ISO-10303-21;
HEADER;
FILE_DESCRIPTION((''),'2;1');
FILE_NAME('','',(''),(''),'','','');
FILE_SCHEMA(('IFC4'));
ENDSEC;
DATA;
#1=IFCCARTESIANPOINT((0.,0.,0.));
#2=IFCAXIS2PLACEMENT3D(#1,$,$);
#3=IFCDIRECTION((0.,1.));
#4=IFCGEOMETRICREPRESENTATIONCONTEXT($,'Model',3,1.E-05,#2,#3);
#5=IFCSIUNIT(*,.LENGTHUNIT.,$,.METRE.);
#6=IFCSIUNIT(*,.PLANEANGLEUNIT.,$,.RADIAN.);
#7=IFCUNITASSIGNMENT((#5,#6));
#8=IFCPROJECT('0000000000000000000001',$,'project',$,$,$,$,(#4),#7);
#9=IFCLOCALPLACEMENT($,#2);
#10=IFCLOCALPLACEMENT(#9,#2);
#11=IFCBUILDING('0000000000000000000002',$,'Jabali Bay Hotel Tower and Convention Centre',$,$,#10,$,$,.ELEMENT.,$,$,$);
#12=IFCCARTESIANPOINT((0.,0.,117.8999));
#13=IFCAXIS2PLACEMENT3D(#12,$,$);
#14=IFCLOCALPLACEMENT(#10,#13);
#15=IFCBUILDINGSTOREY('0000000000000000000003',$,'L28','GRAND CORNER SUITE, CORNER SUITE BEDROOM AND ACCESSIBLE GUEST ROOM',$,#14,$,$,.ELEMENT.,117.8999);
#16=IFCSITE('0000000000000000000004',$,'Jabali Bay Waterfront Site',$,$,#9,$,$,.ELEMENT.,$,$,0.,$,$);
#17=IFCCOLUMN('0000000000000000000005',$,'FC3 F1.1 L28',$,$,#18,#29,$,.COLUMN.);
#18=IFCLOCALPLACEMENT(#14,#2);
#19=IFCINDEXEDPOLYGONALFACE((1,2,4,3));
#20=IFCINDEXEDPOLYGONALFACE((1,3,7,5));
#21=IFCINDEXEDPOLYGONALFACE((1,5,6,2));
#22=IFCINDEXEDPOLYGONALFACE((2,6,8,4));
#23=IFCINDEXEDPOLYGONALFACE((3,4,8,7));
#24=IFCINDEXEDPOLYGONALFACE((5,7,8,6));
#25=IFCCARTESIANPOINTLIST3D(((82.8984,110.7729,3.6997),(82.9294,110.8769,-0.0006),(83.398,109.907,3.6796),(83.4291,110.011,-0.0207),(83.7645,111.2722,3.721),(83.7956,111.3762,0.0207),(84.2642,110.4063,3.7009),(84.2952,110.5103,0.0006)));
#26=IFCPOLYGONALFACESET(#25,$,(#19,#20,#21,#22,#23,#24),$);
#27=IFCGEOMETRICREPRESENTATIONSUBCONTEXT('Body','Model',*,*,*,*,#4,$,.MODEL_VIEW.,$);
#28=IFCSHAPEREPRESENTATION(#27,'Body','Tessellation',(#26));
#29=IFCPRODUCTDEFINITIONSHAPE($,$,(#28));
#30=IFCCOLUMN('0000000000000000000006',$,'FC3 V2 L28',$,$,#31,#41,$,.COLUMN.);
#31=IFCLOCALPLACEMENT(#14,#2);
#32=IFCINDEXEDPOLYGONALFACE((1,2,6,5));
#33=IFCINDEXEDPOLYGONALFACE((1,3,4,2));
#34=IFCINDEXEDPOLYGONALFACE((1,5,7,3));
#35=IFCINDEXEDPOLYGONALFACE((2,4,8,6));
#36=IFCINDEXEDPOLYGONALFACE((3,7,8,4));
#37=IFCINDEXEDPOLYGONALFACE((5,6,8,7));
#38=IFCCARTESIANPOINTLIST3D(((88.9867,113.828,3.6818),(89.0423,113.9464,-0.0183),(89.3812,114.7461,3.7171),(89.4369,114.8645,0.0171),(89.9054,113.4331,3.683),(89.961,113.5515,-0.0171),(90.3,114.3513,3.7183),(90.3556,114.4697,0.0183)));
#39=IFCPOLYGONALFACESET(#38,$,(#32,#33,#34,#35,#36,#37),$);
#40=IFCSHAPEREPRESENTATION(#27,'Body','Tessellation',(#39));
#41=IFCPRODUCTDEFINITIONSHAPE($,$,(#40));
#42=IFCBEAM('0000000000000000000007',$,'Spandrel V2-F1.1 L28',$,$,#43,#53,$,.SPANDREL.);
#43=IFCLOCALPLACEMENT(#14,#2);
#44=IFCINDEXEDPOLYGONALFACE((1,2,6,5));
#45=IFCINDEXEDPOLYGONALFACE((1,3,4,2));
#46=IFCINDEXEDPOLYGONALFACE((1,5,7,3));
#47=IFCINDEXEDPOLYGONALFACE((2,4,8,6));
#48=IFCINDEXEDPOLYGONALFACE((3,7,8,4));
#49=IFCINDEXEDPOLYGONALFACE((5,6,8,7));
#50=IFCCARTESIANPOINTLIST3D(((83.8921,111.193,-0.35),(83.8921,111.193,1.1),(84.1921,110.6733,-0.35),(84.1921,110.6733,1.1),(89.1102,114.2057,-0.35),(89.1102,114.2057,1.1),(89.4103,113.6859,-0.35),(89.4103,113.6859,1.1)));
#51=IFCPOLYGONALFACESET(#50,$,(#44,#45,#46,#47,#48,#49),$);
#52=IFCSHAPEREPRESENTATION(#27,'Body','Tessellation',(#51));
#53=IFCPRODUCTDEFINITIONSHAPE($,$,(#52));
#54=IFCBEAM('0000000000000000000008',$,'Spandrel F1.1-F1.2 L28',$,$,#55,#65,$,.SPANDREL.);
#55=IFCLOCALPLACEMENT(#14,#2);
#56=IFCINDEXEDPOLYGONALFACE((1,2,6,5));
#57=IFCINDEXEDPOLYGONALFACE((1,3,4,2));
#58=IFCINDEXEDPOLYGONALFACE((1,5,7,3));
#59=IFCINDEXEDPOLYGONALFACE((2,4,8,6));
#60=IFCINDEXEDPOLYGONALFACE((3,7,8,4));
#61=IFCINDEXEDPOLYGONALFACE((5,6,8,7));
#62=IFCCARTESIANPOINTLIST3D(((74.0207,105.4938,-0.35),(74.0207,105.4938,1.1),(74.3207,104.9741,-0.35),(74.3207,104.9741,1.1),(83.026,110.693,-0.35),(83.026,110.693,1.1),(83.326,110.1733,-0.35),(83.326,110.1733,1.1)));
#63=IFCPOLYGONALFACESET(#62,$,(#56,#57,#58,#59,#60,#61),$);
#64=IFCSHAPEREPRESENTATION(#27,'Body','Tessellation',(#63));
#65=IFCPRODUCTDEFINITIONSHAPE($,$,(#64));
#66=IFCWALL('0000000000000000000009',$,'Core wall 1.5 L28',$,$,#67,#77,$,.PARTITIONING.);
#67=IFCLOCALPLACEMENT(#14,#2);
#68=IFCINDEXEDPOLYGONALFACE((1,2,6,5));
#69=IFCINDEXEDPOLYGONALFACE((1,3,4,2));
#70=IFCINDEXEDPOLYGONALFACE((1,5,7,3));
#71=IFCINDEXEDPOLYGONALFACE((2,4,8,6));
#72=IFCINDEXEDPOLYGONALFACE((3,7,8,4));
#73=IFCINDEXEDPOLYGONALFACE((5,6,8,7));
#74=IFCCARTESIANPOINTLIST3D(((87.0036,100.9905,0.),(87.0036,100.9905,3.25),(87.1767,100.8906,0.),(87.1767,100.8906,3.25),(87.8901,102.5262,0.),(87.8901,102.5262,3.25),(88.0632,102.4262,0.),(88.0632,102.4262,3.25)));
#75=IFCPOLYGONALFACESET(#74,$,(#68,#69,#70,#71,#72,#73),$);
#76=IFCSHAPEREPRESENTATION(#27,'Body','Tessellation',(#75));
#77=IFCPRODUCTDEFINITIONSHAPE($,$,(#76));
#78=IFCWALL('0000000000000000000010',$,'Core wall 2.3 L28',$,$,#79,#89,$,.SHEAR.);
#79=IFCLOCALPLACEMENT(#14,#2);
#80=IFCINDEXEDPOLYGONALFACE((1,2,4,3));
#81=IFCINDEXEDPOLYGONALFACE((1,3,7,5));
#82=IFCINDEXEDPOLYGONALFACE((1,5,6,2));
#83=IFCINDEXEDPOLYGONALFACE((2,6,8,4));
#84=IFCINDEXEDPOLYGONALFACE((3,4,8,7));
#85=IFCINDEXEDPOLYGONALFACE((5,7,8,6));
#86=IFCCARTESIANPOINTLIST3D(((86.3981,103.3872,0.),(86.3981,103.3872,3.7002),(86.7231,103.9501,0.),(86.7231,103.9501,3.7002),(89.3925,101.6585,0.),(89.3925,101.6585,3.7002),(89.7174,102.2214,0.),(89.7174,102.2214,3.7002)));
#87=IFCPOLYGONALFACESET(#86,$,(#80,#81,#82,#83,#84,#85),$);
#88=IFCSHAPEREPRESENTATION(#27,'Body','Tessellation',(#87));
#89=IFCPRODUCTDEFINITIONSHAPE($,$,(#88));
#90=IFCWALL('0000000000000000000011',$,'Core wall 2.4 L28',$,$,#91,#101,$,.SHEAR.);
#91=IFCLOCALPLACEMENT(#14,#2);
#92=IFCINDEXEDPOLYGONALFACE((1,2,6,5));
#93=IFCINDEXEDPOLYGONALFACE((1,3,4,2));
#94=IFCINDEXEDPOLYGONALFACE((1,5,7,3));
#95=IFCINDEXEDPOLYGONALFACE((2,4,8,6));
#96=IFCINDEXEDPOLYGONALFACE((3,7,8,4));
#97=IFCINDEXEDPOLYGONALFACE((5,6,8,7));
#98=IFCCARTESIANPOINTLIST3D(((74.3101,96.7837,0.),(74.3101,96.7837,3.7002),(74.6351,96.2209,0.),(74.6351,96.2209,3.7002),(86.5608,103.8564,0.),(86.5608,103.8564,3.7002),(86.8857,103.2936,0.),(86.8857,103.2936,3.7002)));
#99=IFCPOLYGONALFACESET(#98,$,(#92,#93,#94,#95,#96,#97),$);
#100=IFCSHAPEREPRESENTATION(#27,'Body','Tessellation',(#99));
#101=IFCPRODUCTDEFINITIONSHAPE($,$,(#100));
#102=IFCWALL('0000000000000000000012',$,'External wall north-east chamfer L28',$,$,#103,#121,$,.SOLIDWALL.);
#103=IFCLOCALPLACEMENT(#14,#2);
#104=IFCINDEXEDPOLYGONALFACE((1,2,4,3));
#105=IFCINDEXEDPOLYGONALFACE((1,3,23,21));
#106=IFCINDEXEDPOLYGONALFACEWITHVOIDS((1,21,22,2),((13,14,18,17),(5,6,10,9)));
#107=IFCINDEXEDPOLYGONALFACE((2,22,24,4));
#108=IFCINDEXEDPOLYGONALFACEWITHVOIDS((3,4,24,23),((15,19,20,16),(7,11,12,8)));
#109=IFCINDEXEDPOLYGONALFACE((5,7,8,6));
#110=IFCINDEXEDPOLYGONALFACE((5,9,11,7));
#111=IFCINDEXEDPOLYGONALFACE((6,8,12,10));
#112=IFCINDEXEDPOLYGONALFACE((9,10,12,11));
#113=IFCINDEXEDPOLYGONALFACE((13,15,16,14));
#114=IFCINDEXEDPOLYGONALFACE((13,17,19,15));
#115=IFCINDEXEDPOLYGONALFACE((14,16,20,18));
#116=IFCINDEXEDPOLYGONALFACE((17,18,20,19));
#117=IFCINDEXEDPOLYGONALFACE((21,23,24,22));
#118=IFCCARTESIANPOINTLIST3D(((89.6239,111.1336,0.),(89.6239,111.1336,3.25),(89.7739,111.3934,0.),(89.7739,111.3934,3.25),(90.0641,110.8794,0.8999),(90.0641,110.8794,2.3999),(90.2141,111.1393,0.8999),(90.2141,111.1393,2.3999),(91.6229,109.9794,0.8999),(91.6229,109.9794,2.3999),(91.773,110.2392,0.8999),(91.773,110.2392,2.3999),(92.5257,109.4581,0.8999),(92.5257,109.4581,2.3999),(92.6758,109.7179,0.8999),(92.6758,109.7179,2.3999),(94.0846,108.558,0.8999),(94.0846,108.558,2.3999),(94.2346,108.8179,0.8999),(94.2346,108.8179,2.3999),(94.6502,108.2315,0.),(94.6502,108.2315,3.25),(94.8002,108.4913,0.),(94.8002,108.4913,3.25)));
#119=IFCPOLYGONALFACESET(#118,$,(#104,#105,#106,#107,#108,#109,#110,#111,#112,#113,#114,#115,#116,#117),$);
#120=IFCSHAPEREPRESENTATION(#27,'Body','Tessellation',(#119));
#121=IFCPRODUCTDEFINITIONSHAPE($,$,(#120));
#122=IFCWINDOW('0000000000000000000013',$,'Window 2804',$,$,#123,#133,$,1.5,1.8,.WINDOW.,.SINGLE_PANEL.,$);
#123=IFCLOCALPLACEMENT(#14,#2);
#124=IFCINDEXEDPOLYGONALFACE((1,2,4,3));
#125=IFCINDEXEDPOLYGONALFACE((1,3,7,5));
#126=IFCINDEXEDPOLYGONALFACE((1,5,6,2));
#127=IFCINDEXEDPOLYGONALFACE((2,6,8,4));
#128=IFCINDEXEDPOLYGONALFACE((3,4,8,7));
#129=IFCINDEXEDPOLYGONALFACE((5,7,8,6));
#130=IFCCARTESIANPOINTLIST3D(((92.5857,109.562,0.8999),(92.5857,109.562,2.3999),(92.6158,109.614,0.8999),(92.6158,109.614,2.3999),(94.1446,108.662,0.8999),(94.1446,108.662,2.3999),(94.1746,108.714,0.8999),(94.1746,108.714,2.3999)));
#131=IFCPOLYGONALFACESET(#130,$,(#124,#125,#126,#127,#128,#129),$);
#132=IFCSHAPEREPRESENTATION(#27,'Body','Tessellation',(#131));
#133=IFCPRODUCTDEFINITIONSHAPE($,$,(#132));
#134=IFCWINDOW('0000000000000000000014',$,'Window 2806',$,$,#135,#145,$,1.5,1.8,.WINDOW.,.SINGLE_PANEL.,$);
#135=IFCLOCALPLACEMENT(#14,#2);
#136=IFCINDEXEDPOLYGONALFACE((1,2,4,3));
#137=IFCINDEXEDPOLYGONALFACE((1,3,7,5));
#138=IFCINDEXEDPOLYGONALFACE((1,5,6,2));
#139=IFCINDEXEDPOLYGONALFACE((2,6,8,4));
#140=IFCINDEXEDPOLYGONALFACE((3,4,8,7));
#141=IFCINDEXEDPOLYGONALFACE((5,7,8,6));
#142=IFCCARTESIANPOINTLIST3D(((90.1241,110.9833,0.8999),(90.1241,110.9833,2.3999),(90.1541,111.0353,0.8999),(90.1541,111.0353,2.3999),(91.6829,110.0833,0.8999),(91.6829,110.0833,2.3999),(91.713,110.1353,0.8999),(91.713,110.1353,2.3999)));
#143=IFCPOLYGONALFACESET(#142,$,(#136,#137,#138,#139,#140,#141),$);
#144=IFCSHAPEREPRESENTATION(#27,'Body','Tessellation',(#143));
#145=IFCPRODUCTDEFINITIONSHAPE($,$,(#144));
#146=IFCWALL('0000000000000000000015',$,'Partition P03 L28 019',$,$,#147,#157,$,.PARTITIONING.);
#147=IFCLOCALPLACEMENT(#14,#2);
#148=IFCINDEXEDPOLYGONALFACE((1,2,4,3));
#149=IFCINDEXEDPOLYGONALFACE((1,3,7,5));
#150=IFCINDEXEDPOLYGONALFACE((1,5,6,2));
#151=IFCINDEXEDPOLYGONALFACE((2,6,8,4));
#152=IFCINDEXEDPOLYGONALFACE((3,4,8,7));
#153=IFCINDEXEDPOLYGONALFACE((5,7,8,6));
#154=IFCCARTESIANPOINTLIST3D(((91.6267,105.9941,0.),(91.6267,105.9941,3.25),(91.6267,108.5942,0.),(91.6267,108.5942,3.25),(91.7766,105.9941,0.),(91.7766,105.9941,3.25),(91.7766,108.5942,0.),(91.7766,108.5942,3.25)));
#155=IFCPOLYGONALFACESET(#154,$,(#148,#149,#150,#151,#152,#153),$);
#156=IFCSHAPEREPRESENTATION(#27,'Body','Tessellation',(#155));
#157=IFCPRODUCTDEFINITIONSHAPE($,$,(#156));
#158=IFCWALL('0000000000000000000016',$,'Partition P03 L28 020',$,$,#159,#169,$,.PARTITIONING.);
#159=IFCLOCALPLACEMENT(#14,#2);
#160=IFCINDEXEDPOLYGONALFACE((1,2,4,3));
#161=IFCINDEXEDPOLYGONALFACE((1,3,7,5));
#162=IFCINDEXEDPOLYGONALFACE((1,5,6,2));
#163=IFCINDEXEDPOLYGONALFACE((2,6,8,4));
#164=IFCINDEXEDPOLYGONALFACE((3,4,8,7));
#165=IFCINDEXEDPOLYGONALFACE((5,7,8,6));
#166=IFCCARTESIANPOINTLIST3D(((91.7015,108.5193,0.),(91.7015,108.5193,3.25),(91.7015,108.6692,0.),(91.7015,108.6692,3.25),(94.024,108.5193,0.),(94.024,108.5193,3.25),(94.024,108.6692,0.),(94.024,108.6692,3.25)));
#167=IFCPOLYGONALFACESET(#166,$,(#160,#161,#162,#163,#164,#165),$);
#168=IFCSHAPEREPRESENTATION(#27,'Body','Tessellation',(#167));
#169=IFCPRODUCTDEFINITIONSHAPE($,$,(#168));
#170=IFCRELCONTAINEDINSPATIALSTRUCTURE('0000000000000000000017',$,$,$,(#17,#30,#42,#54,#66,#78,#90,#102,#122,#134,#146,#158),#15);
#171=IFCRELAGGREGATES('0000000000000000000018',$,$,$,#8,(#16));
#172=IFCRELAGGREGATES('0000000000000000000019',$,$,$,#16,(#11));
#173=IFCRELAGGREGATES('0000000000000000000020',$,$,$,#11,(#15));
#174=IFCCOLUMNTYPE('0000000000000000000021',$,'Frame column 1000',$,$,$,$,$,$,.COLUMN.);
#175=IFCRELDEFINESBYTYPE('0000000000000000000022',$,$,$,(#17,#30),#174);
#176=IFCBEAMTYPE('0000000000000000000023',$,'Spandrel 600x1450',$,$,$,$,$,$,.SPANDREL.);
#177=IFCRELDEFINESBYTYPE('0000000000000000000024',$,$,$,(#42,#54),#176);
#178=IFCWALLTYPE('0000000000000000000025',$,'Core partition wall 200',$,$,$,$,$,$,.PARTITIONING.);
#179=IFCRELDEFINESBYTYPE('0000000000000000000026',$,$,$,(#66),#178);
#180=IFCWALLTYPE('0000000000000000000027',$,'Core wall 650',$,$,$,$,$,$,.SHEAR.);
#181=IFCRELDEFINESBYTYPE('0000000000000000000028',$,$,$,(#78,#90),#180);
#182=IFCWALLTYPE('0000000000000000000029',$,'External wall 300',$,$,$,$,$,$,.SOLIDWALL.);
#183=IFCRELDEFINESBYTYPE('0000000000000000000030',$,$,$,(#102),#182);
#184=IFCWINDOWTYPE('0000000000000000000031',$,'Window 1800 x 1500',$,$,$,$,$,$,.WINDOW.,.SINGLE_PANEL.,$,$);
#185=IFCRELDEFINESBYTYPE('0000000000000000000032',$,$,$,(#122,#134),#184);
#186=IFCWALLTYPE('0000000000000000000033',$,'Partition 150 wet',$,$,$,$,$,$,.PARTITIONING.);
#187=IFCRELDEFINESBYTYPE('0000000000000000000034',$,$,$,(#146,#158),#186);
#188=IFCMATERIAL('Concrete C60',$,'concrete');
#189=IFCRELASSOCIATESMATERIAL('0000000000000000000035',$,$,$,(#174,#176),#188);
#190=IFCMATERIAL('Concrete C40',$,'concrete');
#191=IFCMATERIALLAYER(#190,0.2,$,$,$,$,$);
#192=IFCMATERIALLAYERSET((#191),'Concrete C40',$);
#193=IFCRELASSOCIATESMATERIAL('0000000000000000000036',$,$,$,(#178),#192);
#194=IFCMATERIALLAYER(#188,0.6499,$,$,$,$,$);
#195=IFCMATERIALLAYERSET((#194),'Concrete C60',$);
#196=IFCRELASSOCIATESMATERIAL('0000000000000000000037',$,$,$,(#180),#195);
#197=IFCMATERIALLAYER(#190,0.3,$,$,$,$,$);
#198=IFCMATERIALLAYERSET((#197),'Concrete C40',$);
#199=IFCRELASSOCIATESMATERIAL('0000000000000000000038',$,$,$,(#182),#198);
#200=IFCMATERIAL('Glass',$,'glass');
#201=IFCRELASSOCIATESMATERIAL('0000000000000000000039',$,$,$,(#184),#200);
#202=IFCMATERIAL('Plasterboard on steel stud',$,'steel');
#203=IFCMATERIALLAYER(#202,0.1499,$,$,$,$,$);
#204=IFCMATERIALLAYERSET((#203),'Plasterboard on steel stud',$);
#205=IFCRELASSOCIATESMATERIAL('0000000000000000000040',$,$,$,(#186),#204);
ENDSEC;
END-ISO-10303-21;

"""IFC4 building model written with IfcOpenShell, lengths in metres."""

from ifc_helpers import new_model, si_unit, direction, frame, frame_2d, origin, origin_2d, place, context, subcontext, project, spatial, rectangle, extrude, material, layer, layer_set, material_profile, profile_set, type_object, element, fill, save


model = new_model("IFC4")

# Units and contexts
model_context = context("Model", 3, precision=1e-05, world=origin(), true_north=direction((0.0, 1.0)))
body_context = subcontext(model_context, "Body", "Model", "MODEL_VIEW")
ifc_project = project(units=[si_unit("LENGTHUNIT", "METRE"), si_unit("PLANEANGLEUNIT", "RADIAN")], contexts=[model_context])

# Site, building, storey
site_placement = place(None, origin())
site = spatial("IfcSite", under=ifc_project, at=site_placement, Name="Jabali Bay Waterfront Site", CompositionType="ELEMENT", RefElevation=0.0)
building_placement = place(site_placement, origin())
building = spatial("IfcBuilding", under=site, at=building_placement, Name="Jabali Bay Hotel Tower and Convention Centre", CompositionType="ELEMENT")
storey_placement = place(building_placement, frame((0.0, 0.0, 117.8999)))
storey = spatial("IfcBuildingStorey", under=building, at=storey_placement, Name="L28", Description="GRAND CORNER SUITE, CORNER SUITE BEDROOM AND ACCESSIBLE GUEST ROOM", CompositionType="ELEMENT", Elevation=117.8999)

# Columns
ifc_material_1 = material(Name="Concrete C60", Category="concrete")
ifc_material_profile_1 = material_profile(ifc_material_1, rectangle(XDim=1.0, YDim=1.0, at=origin_2d()), Name="Frame column 1000")
ifc_profile_set_1 = profile_set([ifc_material_profile_1], Name="Concrete C60")
column_type = type_object("IfcColumnType", Name="Frame column 1000", PredefinedType="COLUMN", material=ifc_profile_set_1)
column_1_placement = place(storey_placement, frame((83.6123, 110.6936, 0.0), z_axis=(-0.008376, -0.028096, 0.99957), x_axis=(0.866173, 0.499291, 0.021292)))
element("IfcColumn", 1, at=column_1_placement, inside=storey, type_object=column_type, Name="FC3 F1.1 L28", PredefinedType="COLUMN", context=body_context, shape_type="SweptSolid", body=[
    extrude(rectangle(XDim=1.0, YDim=1.0, at=origin_2d()), origin(), (0.0, 0.0, 1.0), 3.7019),
])
column_2_placement = place(storey_placement, frame((89.699, 114.208, 0.0), z_axis=(-0.015034, -0.031981, 0.999375), x_axis=(0.918734, -0.394874, 0.001185)))
element("IfcColumn", 2, at=column_2_placement, inside=storey, type_object=column_type, Name="FC3 V2 L28", PredefinedType="COLUMN", context=body_context, shape_type="SweptSolid", body=[
    extrude(rectangle(XDim=1.0, YDim=1.0, at=origin_2d()), origin(), (0.0, 0.0, 1.0), 3.7024),
])

# Beams
ifc_material_profile_2 = material_profile(ifc_material_1, rectangle(XDim=0.6001, YDim=1.45, at=origin_2d()), Name="Spandrel 600x1450")
ifc_profile_set_2 = profile_set([ifc_material_profile_2], Name="Concrete C60")
beam_type = type_object("IfcBeamType", Name="Spandrel 600x1450", PredefinedType="SPANDREL", material=ifc_profile_set_2)
beam_1_placement = place(storey_placement, frame((89.2603, 113.9458, 0.375), z_axis=(-0.86603, -0.499991, 0.0), x_axis=(0.499991, -0.86603, 0.0)))
element("IfcBeam", 3, at=beam_1_placement, inside=storey, type_object=beam_type, Name="Spandrel V2-F1.1 L28", PredefinedType="SPANDREL", context=body_context, shape_type="SweptSolid", body=[
    extrude(rectangle(XDim=0.6001, YDim=1.45, at=origin_2d()), origin(), (0.0, 0.0, 1.0), 6.0254),
])
beam_2_placement = place(storey_placement, frame((83.176, 110.4331, 0.375), z_axis=(-0.866027, -0.499997, 0.0), x_axis=(0.499997, -0.866027, 0.0)))
element("IfcBeam", 4, at=beam_2_placement, inside=storey, type_object=beam_type, Name="Spandrel F1.1-F1.2 L28", PredefinedType="SPANDREL", context=body_context, shape_type="SweptSolid", body=[
    extrude(rectangle(XDim=0.6001, YDim=1.45, at=origin_2d()), origin(), (0.0, 0.0, 1.0), 10.3984),
])

# Walls
ifc_material_2 = material(Name="Concrete C40", Category="concrete")
ifc_layer_1 = layer(ifc_material_2, 0.2)
ifc_layer_set_1 = layer_set([ifc_layer_1], Name="Concrete C40")
wall_type_1 = type_object("IfcWallType", Name="Core partition wall 200", PredefinedType="PARTITIONING", material=ifc_layer_set_1)
wall_1_placement = place(storey_placement, frame((87.0901, 100.9404, 0.0), z_axis=(0.0, 0.0, 1.0), x_axis=(0.499945, 0.866057, 0.0)))
element("IfcWall", 5, at=wall_1_placement, inside=storey, type_object=wall_type_1, Name="Core wall 1.5 L28", PredefinedType="PARTITIONING", context=body_context, shape_type="SweptSolid", body=[
    extrude(rectangle(XDim=1.7732, YDim=0.2, at=frame_2d((0.8867, 0.0))), origin(), (0.0, 0.0, 1.0), 3.25),
])
ifc_layer_2 = layer(ifc_material_1, 0.6499)
ifc_layer_set_2 = layer_set([ifc_layer_2], Name="Concrete C60")
wall_type_2 = type_object("IfcWallType", Name="Core wall 650", PredefinedType="SHEAR", material=ifc_layer_set_2)
wall_2_placement = place(storey_placement, frame((89.5549, 101.9399, 0.0), z_axis=(0.0, 0.0, 1.0), x_axis=(-0.866032, 0.499989, 0.0)))
element("IfcWall", 6, at=wall_2_placement, inside=storey, type_object=wall_type_2, Name="Core wall 2.3 L28", PredefinedType="SHEAR", context=body_context, shape_type="SweptSolid", body=[
    extrude(rectangle(XDim=3.4575, YDim=0.6499, at=frame_2d((1.7288, 0.0))), origin(), (0.0, 0.0, 1.0), 3.7002),
])
wall_3_placement = place(storey_placement, frame((86.7231, 103.575, 0.0), z_axis=(0.0, 0.0, 1.0), x_axis=(-0.866032, -0.499989, 0.0)))
element("IfcWall", 7, at=wall_3_placement, inside=storey, type_object=wall_type_2, Name="Core wall 2.4 L28", PredefinedType="SHEAR", context=body_context, shape_type="SweptSolid", body=[
    extrude(rectangle(XDim=14.1458, YDim=0.6499, at=frame_2d((7.0728, 0.0))), origin(), (0.0, 0.0, 1.0), 3.7002),
])

# Wall, openings, windows
ifc_layer_3 = layer(ifc_material_2, 0.3)
ifc_layer_set_3 = layer_set([ifc_layer_3], Name="Concrete C40")
wall_type_3 = type_object("IfcWallType", Name="External wall 300", PredefinedType="SOLIDWALL", material=ifc_layer_set_3)
wall_4_placement = place(storey_placement, frame((89.699, 111.2634, 0.0), z_axis=(0.0, 0.0, 1.0), x_axis=(0.866016, -0.500016, 0.0)))
wall_4 = element("IfcWall", 8, at=wall_4_placement, inside=storey, type_object=wall_type_3, Name="External wall north-east chamfer L28", PredefinedType="SOLIDWALL", context=body_context, shape_type="SweptSolid", body=[
    extrude(rectangle(XDim=5.804, YDim=0.3, at=frame_2d((2.9019, 0.0))), origin(), (0.0, 0.0, 1.0), 3.25),
])
opening_1_placement = place(wall_4_placement, frame((3.3508, 0.0, 0.8999)))
opening_1 = element("IfcOpeningElement", 9, at=opening_1_placement, cuts=wall_4, PredefinedType="OPENING", context=body_context, shape_type="SweptSolid", body=[
    extrude(rectangle(XDim=1.8, YDim=1.5, at=frame_2d((0.8999, 0.75))), frame((0.0, 0.1606, 0.0), z_axis=(0.0, -1.0, 0.0), x_axis=(1.0, 0.0, 0.0)), (0.0, 0.0, 1.0), 0.321),
])
opening_2_placement = place(wall_4_placement, frame((0.5083, 0.0, 0.8999)))
opening_2 = element("IfcOpeningElement", 10, at=opening_2_placement, cuts=wall_4, PredefinedType="OPENING", context=body_context, shape_type="SweptSolid", body=[
    extrude(rectangle(XDim=1.8, YDim=1.5, at=frame_2d((0.8999, 0.75))), frame((0.0, 0.1606, 0.0), z_axis=(0.0, -1.0, 0.0), x_axis=(1.0, 0.0, 0.0)), (0.0, 0.0, 1.0), 0.321),
])
ifc_material_3 = material(Name="Glass", Category="glass")
window_type = type_object("IfcWindowType", Name="Window 1800 x 1500", PartitioningType="SINGLE_PANEL", PredefinedType="WINDOW", material=ifc_material_3)
window_1_placement = place(opening_1_placement, origin())
window_1 = element("IfcWindow", 11, at=window_1_placement, inside=storey, type_object=window_type, Name="Window 2804", OverallHeight=1.5, OverallWidth=1.8, PartitioningType="SINGLE_PANEL", PredefinedType="WINDOW", context=body_context, shape_type="SweptSolid", body=[
    extrude(rectangle(XDim=1.8, YDim=1.5, at=frame_2d((0.8999, 0.75))), frame((0.0, 0.03, 0.0), z_axis=(0.0, -1.0, 0.0), x_axis=(1.0, 0.0, 0.0)), (0.0, 0.0, 1.0), 0.0601),
])
fill(opening_1, window_1)
window_2_placement = place(opening_2_placement, origin())
window_2 = element("IfcWindow", 12, at=window_2_placement, inside=storey, type_object=window_type, Name="Window 2806", OverallHeight=1.5, OverallWidth=1.8, PartitioningType="SINGLE_PANEL", PredefinedType="WINDOW", context=body_context, shape_type="SweptSolid", body=[
    extrude(rectangle(XDim=1.8, YDim=1.5, at=frame_2d((0.8999, 0.75))), frame((0.0, 0.03, 0.0), z_axis=(0.0, -1.0, 0.0), x_axis=(1.0, 0.0, 0.0)), (0.0, 0.0, 1.0), 0.0601),
])
fill(opening_2, window_2)

# Walls
ifc_material_4 = material(Name="Plasterboard on steel stud", Category="steel")
ifc_layer_4 = layer(ifc_material_4, 0.1499)
ifc_layer_set_4 = layer_set([ifc_layer_4], Name="Plasterboard on steel stud")
wall_type_4 = type_object("IfcWallType", Name="Partition 150 wet", PredefinedType="PARTITIONING", material=ifc_layer_set_4)
wall_5_placement = place(storey_placement, frame((91.7017, 105.9941, 0.0), z_axis=(0.0, 0.0, 1.0), x_axis=(0.0, 1.0, 0.0)))
element("IfcWall", 13, at=wall_5_placement, inside=storey, type_object=wall_type_4, Name="Partition P03 L28 019", PredefinedType="PARTITIONING", context=body_context, shape_type="SweptSolid", body=[
    extrude(rectangle(XDim=2.6001, YDim=0.1499, at=frame_2d((1.3, 0.0))), origin(), (0.0, 0.0, 1.0), 3.25),
])
wall_6_placement = place(storey_placement, frame((91.7017, 108.5942, 0.0), z_axis=(0.0, 0.0, 1.0), x_axis=(1.0, 0.0, 0.0)))
element("IfcWall", 14, at=wall_6_placement, inside=storey, type_object=wall_type_4, Name="Partition P03 L28 020", PredefinedType="PARTITIONING", context=body_context, shape_type="SweptSolid", body=[
    extrude(rectangle(XDim=2.3225, YDim=0.1499, at=frame_2d((1.1611, 0.0))), origin(), (0.0, 0.0, 1.0), 3.25),
])

save(model, "model.ifc")
